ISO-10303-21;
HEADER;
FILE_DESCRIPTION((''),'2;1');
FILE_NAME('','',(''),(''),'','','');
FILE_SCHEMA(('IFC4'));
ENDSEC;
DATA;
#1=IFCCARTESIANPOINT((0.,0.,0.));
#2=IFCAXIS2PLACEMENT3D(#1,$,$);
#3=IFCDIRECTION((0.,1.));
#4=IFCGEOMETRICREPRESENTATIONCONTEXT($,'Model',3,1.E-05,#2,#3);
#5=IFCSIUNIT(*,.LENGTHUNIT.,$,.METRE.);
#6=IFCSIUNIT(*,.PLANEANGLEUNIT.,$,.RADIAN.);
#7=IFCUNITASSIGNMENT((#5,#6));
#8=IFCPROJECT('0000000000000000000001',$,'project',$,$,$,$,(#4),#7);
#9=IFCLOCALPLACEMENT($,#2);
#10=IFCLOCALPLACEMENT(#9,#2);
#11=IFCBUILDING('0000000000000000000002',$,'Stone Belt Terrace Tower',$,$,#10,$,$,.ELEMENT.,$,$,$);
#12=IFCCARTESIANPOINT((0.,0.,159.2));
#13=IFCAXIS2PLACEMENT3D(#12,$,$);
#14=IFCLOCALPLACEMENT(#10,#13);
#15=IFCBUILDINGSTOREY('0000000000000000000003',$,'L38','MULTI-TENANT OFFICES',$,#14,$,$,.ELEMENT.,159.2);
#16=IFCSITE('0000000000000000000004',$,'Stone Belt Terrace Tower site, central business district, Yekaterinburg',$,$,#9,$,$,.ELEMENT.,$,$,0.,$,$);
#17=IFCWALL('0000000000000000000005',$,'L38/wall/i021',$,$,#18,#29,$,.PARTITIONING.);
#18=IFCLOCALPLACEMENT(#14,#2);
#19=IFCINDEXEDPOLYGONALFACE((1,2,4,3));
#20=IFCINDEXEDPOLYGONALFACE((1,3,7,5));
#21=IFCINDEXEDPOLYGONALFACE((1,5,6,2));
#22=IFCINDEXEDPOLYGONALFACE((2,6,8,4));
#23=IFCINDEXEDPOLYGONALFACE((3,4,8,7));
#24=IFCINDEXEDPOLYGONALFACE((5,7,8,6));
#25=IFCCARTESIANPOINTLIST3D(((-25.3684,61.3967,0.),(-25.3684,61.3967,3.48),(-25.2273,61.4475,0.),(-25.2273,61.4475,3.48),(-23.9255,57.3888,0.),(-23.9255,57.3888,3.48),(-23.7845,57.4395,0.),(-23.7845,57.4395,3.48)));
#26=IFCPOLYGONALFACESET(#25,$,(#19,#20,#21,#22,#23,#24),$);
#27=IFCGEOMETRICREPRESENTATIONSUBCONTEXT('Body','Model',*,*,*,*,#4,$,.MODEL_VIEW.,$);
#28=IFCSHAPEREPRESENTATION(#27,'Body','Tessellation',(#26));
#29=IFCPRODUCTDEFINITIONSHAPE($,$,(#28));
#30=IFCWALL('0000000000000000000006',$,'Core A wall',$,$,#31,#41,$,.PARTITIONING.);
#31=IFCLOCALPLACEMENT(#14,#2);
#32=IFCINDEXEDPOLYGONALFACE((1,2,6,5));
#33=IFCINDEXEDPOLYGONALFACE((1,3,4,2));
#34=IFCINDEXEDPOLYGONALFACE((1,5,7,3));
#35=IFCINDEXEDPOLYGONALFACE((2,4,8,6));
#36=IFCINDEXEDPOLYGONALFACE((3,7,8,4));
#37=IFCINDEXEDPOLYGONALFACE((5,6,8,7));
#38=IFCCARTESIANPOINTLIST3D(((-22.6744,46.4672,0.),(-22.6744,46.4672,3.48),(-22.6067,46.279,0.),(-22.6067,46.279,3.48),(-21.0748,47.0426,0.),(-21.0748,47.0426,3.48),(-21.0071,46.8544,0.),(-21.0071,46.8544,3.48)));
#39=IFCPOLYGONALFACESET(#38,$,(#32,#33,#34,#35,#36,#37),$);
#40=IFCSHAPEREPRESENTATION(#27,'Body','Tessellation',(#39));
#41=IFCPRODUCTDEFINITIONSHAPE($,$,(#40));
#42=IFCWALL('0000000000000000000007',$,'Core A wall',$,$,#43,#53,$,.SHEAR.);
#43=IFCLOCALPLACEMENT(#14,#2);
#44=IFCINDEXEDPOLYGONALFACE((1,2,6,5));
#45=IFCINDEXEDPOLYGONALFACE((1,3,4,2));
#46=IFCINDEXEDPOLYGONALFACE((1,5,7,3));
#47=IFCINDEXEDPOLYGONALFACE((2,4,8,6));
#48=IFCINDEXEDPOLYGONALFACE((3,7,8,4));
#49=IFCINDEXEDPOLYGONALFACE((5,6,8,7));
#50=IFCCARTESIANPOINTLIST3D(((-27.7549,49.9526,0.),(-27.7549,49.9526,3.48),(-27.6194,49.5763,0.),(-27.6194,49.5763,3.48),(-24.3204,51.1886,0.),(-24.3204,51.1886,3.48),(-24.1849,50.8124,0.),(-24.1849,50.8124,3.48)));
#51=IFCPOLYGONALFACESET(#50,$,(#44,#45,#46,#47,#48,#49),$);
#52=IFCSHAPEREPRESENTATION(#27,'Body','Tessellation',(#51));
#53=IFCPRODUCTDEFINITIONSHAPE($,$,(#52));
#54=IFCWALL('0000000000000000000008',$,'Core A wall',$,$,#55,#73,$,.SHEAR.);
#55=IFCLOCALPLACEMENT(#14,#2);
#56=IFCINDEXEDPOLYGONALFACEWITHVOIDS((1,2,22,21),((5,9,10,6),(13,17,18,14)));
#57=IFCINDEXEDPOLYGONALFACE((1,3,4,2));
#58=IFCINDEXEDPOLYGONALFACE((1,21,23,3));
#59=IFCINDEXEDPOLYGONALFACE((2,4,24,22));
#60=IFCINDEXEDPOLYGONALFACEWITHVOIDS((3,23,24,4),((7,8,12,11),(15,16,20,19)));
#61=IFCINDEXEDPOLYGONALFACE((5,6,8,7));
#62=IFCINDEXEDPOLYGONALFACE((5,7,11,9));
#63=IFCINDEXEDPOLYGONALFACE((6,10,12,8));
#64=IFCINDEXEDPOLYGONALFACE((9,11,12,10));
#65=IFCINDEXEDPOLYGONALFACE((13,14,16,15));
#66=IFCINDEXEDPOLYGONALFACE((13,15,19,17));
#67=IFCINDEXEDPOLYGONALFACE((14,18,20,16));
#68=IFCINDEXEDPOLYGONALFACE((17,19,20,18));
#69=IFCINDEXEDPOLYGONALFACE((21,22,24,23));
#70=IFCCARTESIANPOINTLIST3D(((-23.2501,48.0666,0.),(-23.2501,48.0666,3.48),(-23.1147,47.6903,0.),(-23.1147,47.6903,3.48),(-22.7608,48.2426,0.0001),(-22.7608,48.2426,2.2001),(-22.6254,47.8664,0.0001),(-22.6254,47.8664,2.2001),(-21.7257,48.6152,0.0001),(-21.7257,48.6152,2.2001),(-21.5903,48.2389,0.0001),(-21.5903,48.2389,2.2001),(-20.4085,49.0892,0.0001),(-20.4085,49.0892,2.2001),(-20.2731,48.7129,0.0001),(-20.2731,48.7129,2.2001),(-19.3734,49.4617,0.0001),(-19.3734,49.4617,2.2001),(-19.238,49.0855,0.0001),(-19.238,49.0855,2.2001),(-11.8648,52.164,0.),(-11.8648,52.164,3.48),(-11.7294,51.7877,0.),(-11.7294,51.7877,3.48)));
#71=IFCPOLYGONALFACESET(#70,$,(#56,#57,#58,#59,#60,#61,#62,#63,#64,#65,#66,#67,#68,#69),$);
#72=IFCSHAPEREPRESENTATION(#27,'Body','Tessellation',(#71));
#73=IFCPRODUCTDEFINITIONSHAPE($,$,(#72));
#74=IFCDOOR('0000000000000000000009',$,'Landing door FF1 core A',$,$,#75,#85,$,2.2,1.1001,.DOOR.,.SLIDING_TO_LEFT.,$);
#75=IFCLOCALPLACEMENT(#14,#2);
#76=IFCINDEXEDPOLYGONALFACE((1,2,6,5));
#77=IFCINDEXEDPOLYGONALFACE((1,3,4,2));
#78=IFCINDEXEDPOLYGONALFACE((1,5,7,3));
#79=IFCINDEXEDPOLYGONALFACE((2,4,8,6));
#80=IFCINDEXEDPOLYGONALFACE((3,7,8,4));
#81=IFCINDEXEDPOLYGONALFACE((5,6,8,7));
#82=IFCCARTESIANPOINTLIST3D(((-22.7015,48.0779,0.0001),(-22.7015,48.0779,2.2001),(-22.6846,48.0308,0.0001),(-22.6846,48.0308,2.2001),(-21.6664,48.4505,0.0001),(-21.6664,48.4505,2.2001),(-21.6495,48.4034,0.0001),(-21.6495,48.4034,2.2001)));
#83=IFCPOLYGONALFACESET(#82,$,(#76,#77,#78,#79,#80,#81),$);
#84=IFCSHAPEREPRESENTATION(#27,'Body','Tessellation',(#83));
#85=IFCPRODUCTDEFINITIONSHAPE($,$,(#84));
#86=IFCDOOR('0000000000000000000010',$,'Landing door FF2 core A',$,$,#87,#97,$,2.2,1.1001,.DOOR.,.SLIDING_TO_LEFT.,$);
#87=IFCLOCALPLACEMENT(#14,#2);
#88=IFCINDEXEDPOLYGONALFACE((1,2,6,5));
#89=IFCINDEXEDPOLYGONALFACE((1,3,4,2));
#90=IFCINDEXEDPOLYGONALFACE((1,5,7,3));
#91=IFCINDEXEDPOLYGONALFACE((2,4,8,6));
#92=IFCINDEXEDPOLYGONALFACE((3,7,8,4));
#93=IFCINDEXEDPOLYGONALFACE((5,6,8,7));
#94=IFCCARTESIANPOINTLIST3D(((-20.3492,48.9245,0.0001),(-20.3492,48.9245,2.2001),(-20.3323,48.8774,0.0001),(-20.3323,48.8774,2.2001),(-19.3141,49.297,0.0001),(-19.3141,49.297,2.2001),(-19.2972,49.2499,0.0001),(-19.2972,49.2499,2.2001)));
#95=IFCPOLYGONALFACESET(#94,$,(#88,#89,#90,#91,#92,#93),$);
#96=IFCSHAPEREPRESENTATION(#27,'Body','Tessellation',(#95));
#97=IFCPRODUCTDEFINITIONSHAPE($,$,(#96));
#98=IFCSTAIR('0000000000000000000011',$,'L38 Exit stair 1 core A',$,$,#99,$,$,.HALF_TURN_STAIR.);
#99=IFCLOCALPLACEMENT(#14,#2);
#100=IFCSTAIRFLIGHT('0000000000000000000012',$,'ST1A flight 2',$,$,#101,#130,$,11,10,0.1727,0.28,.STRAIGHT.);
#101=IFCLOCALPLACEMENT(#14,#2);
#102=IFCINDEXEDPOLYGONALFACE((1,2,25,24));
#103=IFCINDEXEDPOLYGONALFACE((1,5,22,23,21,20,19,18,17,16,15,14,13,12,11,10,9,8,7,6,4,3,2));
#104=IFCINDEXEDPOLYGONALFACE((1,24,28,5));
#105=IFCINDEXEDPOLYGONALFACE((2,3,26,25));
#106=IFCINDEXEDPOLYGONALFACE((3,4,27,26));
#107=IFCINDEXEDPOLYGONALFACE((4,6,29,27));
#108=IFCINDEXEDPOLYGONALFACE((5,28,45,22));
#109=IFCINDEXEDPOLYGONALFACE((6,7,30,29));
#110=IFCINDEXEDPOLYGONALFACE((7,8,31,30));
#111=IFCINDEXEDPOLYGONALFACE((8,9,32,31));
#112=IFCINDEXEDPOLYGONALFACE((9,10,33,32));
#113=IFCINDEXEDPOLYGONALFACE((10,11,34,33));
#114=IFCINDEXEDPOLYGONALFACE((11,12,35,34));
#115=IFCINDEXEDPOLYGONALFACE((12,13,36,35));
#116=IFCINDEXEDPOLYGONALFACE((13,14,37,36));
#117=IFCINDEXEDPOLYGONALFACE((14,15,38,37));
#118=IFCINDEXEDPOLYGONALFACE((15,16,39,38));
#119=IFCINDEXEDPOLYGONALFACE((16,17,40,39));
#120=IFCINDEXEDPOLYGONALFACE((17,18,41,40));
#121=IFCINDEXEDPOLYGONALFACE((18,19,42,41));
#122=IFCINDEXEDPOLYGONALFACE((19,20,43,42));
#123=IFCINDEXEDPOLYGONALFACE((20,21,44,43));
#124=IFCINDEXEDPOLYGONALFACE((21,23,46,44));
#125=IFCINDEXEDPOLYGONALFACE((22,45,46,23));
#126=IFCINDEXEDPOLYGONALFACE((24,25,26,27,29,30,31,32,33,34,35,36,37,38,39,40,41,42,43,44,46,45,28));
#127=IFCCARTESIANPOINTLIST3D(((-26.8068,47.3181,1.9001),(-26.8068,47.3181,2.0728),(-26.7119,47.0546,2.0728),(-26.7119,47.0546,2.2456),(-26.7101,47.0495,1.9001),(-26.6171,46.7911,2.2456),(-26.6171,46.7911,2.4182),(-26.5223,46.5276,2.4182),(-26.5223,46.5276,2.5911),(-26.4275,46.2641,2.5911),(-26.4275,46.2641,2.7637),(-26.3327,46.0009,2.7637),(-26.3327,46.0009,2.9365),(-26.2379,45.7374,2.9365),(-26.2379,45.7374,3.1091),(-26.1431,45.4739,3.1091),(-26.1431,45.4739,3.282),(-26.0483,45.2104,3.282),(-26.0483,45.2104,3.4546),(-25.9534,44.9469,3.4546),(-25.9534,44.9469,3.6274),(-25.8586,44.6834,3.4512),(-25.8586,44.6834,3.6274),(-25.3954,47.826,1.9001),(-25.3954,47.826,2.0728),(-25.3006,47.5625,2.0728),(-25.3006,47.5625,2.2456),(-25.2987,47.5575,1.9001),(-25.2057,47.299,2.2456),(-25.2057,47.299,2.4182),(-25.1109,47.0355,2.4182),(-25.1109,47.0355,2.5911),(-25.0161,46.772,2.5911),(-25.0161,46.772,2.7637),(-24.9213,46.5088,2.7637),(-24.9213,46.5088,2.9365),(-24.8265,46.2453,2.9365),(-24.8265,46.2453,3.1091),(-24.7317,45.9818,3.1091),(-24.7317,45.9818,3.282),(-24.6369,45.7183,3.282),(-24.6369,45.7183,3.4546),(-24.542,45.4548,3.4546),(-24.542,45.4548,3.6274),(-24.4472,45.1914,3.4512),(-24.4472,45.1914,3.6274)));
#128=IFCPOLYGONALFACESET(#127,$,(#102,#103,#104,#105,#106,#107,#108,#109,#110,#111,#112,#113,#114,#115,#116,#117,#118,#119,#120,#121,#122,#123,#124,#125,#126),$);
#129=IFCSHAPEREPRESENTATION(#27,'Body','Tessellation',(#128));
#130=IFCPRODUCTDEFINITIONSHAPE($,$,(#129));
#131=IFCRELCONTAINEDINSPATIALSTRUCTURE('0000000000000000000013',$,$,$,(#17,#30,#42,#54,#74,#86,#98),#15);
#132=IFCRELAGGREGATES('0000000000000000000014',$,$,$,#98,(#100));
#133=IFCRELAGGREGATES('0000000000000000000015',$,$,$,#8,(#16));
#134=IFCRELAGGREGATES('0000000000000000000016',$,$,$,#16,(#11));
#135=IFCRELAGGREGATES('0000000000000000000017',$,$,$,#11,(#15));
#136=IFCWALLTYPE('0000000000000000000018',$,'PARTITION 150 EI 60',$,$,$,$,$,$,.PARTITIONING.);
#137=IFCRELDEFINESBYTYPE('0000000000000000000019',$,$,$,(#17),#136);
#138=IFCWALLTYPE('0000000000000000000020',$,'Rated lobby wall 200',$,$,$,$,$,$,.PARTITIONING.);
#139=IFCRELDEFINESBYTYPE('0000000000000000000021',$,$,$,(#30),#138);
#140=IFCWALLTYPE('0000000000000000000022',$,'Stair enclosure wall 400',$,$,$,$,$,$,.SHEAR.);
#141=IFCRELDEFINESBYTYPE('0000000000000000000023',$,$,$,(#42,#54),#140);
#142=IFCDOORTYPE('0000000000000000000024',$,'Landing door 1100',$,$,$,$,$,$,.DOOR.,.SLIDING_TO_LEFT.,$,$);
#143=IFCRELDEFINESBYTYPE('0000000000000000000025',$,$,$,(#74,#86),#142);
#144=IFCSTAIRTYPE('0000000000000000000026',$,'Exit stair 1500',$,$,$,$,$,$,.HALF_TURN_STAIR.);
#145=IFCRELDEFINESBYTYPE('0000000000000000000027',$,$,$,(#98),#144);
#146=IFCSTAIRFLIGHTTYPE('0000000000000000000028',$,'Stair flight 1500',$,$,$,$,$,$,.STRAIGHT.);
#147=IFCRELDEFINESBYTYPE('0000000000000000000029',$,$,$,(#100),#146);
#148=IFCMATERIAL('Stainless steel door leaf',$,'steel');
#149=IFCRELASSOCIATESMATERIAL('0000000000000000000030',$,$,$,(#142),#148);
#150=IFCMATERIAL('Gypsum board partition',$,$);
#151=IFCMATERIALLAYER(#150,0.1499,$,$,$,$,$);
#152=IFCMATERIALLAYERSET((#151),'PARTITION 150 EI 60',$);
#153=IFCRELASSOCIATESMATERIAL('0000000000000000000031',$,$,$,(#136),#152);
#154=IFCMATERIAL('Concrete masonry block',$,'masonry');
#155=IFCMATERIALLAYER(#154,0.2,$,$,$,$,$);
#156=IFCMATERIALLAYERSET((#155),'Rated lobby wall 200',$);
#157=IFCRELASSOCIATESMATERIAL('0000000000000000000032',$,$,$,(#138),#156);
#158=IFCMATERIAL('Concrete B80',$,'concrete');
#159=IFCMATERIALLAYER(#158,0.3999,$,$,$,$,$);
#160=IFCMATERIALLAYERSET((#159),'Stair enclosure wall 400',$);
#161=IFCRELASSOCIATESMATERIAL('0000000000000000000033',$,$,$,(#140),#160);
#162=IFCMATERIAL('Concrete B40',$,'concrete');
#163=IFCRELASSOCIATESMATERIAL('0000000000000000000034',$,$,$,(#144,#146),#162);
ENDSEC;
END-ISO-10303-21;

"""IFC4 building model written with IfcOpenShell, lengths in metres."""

from ifc_helpers import new_model, si_unit, direction, frame, frame_2d, origin, place, context, subcontext, project, spatial, polyline, rectangle, outline, extrude, material, layer, layer_set, type_object, element, fill, aggregate, save


model = new_model("IFC4")

# Units and contexts
model_context = context("Model", 3, precision=1e-05, world=origin(), true_north=direction((0.0, 1.0)))
body_context = subcontext(model_context, "Body", "Model", "MODEL_VIEW")
ifc_project = project(units=[si_unit("LENGTHUNIT", "METRE"), si_unit("PLANEANGLEUNIT", "RADIAN")], contexts=[model_context])

# Site, building, storey
site_placement = place(None, origin())
site = spatial("IfcSite", under=ifc_project, at=site_placement, Name="Stone Belt Terrace Tower site, central business district, Yekaterinburg", CompositionType="ELEMENT", RefElevation=0.0)
building_placement = place(site_placement, origin())
building = spatial("IfcBuilding", under=site, at=building_placement, Name="Stone Belt Terrace Tower", CompositionType="ELEMENT")
storey_placement = place(building_placement, frame((0.0, 0.0, 159.2)))
storey = spatial("IfcBuildingStorey", under=building, at=storey_placement, Name="L38", Description="MULTI-TENANT OFFICES", CompositionType="ELEMENT", Elevation=159.2)

# Shared definitions
ifc_material_1 = material(Name="Concrete B80", Category="concrete")

# Shared definitions
ifc_material_2 = material(Name="Stainless steel door leaf", Category="steel")
door_type_1 = type_object("IfcDoorType", Name="Landing door 1100", OperationType="SLIDING_TO_LEFT", PredefinedType="DOOR", material=ifc_material_2)

# Walls
ifc_material_3 = material(Name="Gypsum board partition")
ifc_layer_1 = layer(ifc_material_3, 0.1499)
ifc_layer_set_1 = layer_set([ifc_layer_1], Name="PARTITION 150 EI 60")
wall_type_1 = type_object("IfcWallType", Name="PARTITION 150 EI 60", PredefinedType="PARTITIONING", material=ifc_layer_set_1)
wall_1_placement = place(storey_placement, frame((-25.2979, 61.4221, 0.0), z_axis=(0.0, 0.0, 1.0), x_axis=(0.338713, -0.94089, 0.0)))
element("IfcWall", 1, at=wall_1_placement, inside=storey, type_object=wall_type_1, Name="L38/wall/i021", PredefinedType="PARTITIONING", context=body_context, shape_type="SweptSolid", body=[
    extrude(rectangle(XDim=4.2598, YDim=0.1499, at=frame_2d((2.1299, 0.0))), origin(), (0.0, 0.0, 1.0), 3.48),
])
ifc_material_4 = material(Name="Concrete masonry block", Category="masonry")
ifc_layer_2 = layer(ifc_material_4, 0.2)
ifc_layer_set_2 = layer_set([ifc_layer_2], Name="Rated lobby wall 200")
wall_type_2 = type_object("IfcWallType", Name="Rated lobby wall 200", PredefinedType="PARTITIONING", material=ifc_layer_set_2)
wall_2_placement = place(storey_placement, frame((-22.6406, 46.373, 0.0), z_axis=(0.0, 0.0, 1.0), x_axis=(0.940966, 0.338501, 0.0)))
element("IfcWall", 2, at=wall_2_placement, inside=storey, type_object=wall_type_2, Name="Core A wall", PredefinedType="PARTITIONING", context=body_context, shape_type="SweptSolid", body=[
    extrude(rectangle(XDim=1.7, YDim=0.2, at=frame_2d((0.8501, 0.0))), origin(), (0.0, 0.0, 1.0), 3.48),
])
ifc_layer_3 = layer(ifc_material_1, 0.3999)
ifc_layer_set_3 = layer_set([ifc_layer_3], Name="Stair enclosure wall 400")
wall_type_3 = type_object("IfcWallType", Name="Stair enclosure wall 400", PredefinedType="SHEAR", material=ifc_layer_set_3)
wall_3_placement = place(storey_placement, frame((-27.6873, 49.7644, 0.0), z_axis=(0.0, 0.0, 1.0), x_axis=(0.940919, 0.338632, 0.0)))
element("IfcWall", 3, at=wall_3_placement, inside=storey, type_object=wall_type_3, Name="Core A wall", PredefinedType="SHEAR", context=body_context, shape_type="SweptSolid", body=[
    extrude(rectangle(XDim=3.6501, YDim=0.3999, at=frame_2d((1.8252, 0.0))), origin(), (0.0, 0.0, 1.0), 3.48),
])

# Wall, openings, doors
wall_4_placement = place(storey_placement, frame((-23.1824, 47.8784, 0.0), z_axis=(0.0, 0.0, 1.0), x_axis=(0.940921, 0.338626, 0.0)))
wall_4 = element("IfcWall", 4, at=wall_4_placement, inside=storey, type_object=wall_type_3, Name="Core A wall", PredefinedType="SHEAR", context=body_context, shape_type="SweptSolid", body=[
    extrude(rectangle(XDim=12.1001, YDim=0.3999, at=frame_2d((6.05, 0.0))), origin(), (0.0, 0.0, 1.0), 3.48),
])
opening_1_placement = place(wall_4_placement, frame((0.52, 0.0, 0.0)))
opening_1 = element("IfcOpeningElement", 5, at=opening_1_placement, cuts=wall_4, PredefinedType="OPENING", context=body_context, shape_type="SweptSolid", body=[
    extrude(rectangle(XDim=1.1001, YDim=2.2, at=frame_2d((0.55, 1.1001))), frame((0.0, 0.21, 0.0), z_axis=(0.0, -1.0, 0.0), x_axis=(1.0, 0.0, 0.0)), (0.0, 0.0, 1.0), 0.4199),
])
opening_2_placement = place(wall_4_placement, frame((3.02, 0.0, 0.0)))
opening_2 = element("IfcOpeningElement", 6, at=opening_2_placement, cuts=wall_4, PredefinedType="OPENING", context=body_context, shape_type="SweptSolid", body=[
    extrude(rectangle(XDim=1.1001, YDim=2.2, at=frame_2d((0.55, 1.1001))), frame((0.0, 0.21, 0.0), z_axis=(0.0, -1.0, 0.0), x_axis=(1.0, 0.0, 0.0)), (0.0, 0.0, 1.0), 0.4199),
])
door_1_placement = place(opening_1_placement, origin())
door_1 = element("IfcDoor", 7, at=door_1_placement, inside=storey, type_object=door_type_1, Name="Landing door FF1 core A", OperationType="SLIDING_TO_LEFT", OverallHeight=2.2, OverallWidth=1.1001, PredefinedType="DOOR", context=body_context, shape_type="SweptSolid", body=[
    extrude(rectangle(XDim=1.1001, YDim=2.2, at=frame_2d((0.55, 1.1001))), frame((0.0, 0.0249, 0.0), z_axis=(0.0, -1.0, 0.0), x_axis=(1.0, 0.0, 0.0)), (0.0, 0.0, 1.0), 0.05),
])
fill(opening_1, door_1)
door_2_placement = place(opening_2_placement, origin())
door_2 = element("IfcDoor", 8, at=door_2_placement, inside=storey, type_object=door_type_1, Name="Landing door FF2 core A", OperationType="SLIDING_TO_LEFT", OverallHeight=2.2, OverallWidth=1.1001, PredefinedType="DOOR", context=body_context, shape_type="SweptSolid", body=[
    extrude(rectangle(XDim=1.1001, YDim=2.2, at=frame_2d((0.55, 1.1001))), frame((0.0, 0.0249, 0.0), z_axis=(0.0, -1.0, 0.0), x_axis=(1.0, 0.0, 0.0)), (0.0, 0.0, 1.0), 0.05),
])
fill(opening_2, door_2)

# Stair, stair flight
ifc_material_5 = material(Name="Concrete B40", Category="concrete")
stair_type = type_object("IfcStairType", Name="Exit stair 1500", PredefinedType="HALF_TURN_STAIR", material=ifc_material_5)
stair_placement = place(storey_placement, origin())
stair = element("IfcStair", 9, at=stair_placement, inside=storey, type_object=stair_type, Name="L38 Exit stair 1 core A", PredefinedType="HALF_TURN_STAIR")
stair_flight_type = type_object("IfcStairFlightType", Name="Stair flight 1500", PredefinedType="STRAIGHT", material=ifc_material_5)
stair_flight_placement = place(storey_placement, frame((-26.1011, 47.572, 1.9001), z_axis=(0.0, 0.0, 1.0), x_axis=(0.338624, -0.940922, 0.0)))
stair_flight = element("IfcStairFlight", 10, at=stair_flight_placement, type_object=stair_flight_type, Name="ST1A flight 2", NumberOfRisers=11, NumberOfTreads=10, PredefinedType="STRAIGHT", RiserHeight=0.1727, TreadLength=0.28, context=body_context, shape_type="SweptSolid", body=[
    extrude(outline(polyline([(0.0, 0.0), (0.0, 0.1726), (0.28, 0.1726), (0.28, 0.3455), (0.5601, 0.3455), (0.5601, 0.5181), (0.8401, 0.5181), (0.8401, 0.6909), (1.1201, 0.6909), (1.1201, 0.8635), (1.3999, 0.8635), (1.3999, 1.0364), (1.6799, 1.0364), (1.6799, 1.209), (1.96, 1.209), (1.96, 1.3818), (2.24, 1.3818), (2.24, 1.5544), (2.52, 1.5544), (2.52, 1.7273), (2.8, 1.7273), (2.8, 1.8999), (2.8, 1.551), (0.2854, 0.0), (0.0, 0.0)])), frame((0.0, 0.75, 0.0), z_axis=(0.0, -1.0, 0.0), x_axis=(1.0, 0.0, 0.0)), (0.0, 0.0, 1.0), 1.5),
])
aggregate(stair, [stair_flight])

save(model, "model.ifc")
